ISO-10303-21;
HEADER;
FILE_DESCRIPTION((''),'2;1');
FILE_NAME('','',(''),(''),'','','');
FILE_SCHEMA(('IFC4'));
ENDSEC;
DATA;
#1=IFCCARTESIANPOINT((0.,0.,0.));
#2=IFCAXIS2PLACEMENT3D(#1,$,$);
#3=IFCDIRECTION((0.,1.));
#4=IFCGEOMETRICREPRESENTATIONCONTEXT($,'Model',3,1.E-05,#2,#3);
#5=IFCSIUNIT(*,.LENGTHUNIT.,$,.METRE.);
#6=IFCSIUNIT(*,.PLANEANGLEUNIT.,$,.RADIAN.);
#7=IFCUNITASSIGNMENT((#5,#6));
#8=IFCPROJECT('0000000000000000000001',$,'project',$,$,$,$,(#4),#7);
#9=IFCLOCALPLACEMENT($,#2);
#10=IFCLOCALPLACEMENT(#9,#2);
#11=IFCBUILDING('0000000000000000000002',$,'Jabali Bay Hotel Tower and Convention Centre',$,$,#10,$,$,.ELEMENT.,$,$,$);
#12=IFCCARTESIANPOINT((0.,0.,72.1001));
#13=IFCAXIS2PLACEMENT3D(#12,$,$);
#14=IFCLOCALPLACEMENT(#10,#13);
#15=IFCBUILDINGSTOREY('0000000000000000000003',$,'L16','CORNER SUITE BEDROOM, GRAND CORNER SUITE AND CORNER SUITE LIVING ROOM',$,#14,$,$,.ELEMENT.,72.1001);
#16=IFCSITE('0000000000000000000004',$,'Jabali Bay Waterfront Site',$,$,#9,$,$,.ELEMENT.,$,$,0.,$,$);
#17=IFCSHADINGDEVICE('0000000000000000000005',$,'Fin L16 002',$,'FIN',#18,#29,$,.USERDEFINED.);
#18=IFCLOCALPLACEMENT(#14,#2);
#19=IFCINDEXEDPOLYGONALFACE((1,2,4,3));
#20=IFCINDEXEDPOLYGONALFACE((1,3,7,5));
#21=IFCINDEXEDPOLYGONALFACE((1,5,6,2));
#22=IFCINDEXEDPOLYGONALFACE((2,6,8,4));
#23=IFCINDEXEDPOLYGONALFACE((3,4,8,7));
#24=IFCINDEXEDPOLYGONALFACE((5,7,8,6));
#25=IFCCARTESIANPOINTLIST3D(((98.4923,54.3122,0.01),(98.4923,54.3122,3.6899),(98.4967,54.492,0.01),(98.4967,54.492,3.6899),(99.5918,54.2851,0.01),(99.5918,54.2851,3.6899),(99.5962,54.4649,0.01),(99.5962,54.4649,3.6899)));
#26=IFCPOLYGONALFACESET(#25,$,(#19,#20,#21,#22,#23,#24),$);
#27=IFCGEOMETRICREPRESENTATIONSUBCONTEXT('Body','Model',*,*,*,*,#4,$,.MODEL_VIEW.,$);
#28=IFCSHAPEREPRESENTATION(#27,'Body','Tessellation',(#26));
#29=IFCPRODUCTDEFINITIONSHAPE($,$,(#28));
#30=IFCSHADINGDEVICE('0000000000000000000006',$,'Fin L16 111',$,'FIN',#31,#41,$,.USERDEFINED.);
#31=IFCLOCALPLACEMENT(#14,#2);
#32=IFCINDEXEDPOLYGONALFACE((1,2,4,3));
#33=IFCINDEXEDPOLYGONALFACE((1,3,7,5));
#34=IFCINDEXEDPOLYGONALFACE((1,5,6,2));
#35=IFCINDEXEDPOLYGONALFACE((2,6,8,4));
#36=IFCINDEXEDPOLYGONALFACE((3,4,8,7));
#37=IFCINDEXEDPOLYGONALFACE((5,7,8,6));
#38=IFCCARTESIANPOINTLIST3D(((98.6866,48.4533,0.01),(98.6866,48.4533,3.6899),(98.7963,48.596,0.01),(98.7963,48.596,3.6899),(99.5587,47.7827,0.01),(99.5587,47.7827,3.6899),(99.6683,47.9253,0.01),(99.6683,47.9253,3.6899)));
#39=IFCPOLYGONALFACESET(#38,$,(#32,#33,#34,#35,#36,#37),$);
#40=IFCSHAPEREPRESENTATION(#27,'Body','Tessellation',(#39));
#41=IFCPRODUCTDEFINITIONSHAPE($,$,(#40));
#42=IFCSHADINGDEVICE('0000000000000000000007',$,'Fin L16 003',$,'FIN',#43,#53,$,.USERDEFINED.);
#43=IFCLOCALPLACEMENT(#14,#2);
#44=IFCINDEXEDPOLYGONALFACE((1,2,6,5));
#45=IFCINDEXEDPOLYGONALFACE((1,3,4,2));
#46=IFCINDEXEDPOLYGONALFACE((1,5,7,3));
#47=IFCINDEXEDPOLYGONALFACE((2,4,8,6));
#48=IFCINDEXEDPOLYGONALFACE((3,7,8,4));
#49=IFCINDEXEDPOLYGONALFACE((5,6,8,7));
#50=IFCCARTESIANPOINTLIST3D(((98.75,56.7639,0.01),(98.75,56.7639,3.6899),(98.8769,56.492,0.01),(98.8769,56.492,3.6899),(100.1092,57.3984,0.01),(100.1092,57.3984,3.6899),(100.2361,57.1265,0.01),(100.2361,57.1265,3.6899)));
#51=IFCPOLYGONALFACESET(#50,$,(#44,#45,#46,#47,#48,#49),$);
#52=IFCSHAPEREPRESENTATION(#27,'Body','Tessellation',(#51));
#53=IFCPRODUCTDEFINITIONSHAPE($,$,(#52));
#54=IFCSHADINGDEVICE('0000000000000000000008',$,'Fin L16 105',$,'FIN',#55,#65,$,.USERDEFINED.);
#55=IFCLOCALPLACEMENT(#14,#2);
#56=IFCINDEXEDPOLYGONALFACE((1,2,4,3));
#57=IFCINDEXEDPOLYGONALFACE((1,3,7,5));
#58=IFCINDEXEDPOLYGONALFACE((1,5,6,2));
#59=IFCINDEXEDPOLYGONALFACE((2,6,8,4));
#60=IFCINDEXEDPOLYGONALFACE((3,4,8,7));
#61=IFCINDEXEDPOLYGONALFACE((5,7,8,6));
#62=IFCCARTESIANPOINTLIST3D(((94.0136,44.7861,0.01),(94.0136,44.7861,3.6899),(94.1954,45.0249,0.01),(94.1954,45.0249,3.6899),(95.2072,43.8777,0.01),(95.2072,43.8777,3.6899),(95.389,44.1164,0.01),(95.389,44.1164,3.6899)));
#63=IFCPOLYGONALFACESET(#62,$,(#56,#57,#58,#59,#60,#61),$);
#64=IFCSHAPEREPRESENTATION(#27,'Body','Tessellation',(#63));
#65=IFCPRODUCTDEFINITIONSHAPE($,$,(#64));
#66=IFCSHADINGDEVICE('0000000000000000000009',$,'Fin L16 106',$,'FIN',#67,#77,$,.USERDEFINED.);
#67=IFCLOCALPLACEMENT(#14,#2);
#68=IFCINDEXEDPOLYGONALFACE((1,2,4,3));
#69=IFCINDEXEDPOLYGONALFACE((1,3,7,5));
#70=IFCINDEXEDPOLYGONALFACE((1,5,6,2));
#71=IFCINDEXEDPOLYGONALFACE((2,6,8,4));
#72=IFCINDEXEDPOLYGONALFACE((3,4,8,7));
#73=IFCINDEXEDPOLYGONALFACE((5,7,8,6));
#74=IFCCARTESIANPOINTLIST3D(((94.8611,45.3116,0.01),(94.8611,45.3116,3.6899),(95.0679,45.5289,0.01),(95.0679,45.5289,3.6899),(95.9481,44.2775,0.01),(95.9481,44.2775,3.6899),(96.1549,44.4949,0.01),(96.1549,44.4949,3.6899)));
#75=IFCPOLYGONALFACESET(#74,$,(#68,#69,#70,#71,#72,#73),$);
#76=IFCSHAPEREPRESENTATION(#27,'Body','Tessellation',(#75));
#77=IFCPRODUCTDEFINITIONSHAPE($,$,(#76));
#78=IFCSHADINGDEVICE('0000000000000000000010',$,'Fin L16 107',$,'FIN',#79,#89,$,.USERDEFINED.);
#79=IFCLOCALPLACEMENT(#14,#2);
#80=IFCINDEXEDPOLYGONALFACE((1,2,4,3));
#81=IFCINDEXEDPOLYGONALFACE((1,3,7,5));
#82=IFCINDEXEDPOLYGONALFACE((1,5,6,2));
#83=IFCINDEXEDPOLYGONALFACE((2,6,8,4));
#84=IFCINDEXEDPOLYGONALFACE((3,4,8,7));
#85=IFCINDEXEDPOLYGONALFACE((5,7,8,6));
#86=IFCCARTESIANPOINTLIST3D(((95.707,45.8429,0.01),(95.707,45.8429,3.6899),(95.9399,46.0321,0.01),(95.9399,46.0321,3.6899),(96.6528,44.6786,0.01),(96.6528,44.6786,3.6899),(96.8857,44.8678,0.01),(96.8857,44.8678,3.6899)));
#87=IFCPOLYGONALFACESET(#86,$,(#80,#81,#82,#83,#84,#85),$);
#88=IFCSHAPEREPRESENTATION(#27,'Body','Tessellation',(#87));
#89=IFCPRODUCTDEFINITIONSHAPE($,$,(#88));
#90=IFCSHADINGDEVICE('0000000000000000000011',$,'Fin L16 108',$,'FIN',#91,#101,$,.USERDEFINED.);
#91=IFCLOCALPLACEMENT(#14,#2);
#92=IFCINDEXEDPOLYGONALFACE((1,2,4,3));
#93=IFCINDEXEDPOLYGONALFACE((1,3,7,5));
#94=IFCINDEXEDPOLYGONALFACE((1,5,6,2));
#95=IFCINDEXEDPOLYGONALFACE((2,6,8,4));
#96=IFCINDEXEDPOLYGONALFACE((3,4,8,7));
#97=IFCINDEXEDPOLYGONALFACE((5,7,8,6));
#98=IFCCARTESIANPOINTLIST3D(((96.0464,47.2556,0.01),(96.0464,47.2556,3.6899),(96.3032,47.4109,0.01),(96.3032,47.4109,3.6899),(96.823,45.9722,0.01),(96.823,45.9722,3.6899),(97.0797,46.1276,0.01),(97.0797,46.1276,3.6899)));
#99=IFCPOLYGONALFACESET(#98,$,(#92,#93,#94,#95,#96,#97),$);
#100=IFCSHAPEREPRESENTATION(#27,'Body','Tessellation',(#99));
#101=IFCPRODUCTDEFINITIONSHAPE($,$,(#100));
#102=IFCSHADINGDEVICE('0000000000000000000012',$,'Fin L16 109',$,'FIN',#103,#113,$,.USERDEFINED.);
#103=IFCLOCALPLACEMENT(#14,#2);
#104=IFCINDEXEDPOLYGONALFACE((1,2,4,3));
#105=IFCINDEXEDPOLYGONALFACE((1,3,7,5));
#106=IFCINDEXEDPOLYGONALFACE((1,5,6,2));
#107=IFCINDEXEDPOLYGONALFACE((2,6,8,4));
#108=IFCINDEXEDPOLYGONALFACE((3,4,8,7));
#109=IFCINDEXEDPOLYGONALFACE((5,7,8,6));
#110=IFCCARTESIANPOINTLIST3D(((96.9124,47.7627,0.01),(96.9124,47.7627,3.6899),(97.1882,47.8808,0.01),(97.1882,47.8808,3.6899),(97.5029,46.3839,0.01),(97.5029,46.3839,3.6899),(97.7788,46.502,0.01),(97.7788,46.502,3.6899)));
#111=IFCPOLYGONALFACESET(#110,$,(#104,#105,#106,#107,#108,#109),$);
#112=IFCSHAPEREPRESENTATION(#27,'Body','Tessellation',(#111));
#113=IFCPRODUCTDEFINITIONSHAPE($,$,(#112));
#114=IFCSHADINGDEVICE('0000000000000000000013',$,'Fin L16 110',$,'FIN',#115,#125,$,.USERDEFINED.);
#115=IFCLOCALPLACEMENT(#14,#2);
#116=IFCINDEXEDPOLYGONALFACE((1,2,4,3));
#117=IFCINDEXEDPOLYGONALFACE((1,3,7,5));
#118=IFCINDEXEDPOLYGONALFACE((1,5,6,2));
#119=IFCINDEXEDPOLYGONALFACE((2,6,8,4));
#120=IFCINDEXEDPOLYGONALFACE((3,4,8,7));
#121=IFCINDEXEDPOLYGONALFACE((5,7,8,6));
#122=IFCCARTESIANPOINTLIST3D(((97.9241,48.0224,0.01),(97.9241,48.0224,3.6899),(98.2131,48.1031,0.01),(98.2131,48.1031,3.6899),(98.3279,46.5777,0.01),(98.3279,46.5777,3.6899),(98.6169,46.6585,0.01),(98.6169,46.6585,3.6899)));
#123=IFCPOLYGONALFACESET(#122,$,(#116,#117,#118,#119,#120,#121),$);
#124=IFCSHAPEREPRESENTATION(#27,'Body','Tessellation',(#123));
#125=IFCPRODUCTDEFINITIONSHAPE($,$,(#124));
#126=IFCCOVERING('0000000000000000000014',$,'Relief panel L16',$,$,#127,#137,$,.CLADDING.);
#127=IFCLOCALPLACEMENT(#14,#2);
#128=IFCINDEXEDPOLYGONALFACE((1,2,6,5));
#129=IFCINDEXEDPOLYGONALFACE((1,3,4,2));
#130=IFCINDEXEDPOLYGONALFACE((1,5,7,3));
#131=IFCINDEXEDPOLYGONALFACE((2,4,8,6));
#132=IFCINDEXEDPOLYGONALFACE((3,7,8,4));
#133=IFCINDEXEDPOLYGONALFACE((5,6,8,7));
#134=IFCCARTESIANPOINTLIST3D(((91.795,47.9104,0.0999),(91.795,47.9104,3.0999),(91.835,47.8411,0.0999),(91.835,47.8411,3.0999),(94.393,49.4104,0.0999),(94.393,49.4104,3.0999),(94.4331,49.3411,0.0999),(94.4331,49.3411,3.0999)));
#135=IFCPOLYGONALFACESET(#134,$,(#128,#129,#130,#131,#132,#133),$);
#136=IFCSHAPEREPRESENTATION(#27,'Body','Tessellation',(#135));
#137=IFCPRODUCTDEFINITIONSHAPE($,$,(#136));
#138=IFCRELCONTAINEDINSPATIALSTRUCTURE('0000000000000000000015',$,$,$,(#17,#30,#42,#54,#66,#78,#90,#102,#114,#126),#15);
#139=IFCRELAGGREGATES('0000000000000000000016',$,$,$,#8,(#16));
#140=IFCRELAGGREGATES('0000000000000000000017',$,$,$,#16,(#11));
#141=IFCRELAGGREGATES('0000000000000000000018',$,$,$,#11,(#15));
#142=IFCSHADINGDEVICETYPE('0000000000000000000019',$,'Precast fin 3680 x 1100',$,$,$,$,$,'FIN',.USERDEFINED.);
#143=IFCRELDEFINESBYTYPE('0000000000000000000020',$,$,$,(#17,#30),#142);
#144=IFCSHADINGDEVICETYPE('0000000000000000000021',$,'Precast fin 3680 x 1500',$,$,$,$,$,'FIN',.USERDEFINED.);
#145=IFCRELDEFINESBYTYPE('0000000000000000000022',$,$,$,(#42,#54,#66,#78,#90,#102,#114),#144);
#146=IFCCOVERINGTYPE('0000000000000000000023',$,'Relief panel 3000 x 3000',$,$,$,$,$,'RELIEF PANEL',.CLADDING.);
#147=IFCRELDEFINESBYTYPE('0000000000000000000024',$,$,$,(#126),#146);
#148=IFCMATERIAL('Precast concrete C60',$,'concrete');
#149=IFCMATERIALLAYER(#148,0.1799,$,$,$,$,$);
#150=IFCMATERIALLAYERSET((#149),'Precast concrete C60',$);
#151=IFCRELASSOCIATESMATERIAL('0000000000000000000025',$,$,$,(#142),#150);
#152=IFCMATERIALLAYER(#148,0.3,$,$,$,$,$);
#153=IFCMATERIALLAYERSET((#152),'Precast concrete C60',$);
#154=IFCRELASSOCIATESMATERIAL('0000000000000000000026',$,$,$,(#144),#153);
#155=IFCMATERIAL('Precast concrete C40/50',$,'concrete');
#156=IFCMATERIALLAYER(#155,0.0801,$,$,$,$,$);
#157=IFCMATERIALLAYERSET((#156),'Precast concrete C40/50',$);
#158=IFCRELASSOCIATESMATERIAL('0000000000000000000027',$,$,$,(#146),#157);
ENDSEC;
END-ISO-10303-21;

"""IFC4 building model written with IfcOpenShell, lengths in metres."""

from ifc_helpers import new_model, si_unit, direction, frame, frame_2d, origin, origin_2d, place, context, subcontext, project, spatial, rectangle, extrude, material, layer, layer_set, type_object, element, save


model = new_model("IFC4")

# Units and contexts
model_context = context("Model", 3, precision=1e-05, world=origin(), true_north=direction((0.0, 1.0)))
body_context = subcontext(model_context, "Body", "Model", "MODEL_VIEW")
ifc_project = project(units=[si_unit("LENGTHUNIT", "METRE"), si_unit("PLANEANGLEUNIT", "RADIAN")], contexts=[model_context])

# Site, building, storey
site_placement = place(None, origin())
site = spatial("IfcSite", under=ifc_project, at=site_placement, Name="Jabali Bay Waterfront Site", CompositionType="ELEMENT", RefElevation=0.0)
building_placement = place(site_placement, origin())
building = spatial("IfcBuilding", under=site, at=building_placement, Name="Jabali Bay Hotel Tower and Convention Centre", CompositionType="ELEMENT")
storey_placement = place(building_placement, frame((0.0, 0.0, 72.1001)))
storey = spatial("IfcBuildingStorey", under=building, at=storey_placement, Name="L16", Description="CORNER SUITE BEDROOM, GRAND CORNER SUITE AND CORNER SUITE LIVING ROOM", CompositionType="ELEMENT", Elevation=72.1001)

# Shading devices
ifc_material_1 = material(Name="Precast concrete C60", Category="concrete")
ifc_layer_1 = layer(ifc_material_1, 0.1799)
ifc_layer_set_1 = layer_set([ifc_layer_1], Name="Precast concrete C60")
shading_device_type_1 = type_object("IfcShadingDeviceType", Name="Precast fin 3680 x 1100", ElementType="FIN", PredefinedType="USERDEFINED", material=ifc_layer_set_1)
shading_device_1_placement = place(storey_placement, frame((98.4946, 54.4021, 0.01), z_axis=(0.0, 0.0, 1.0), x_axis=(0.999696, -0.024637, 0.0)))
element("IfcShadingDevice", 1, at=shading_device_1_placement, inside=storey, type_object=shading_device_type_1, Name="Fin L16 002", ObjectType="FIN", PredefinedType="USERDEFINED", context=body_context, shape_type="SweptSolid", body=[
    extrude(rectangle(XDim=1.0999, YDim=0.1799, at=frame_2d((0.5498, 0.0))), origin(), (0.0, 0.0, 1.0), 3.6799),
])
shading_device_2_placement = place(storey_placement, frame((98.7415, 48.5247, 0.01), z_axis=(0.0, 0.0, 1.0), x_axis=(0.792698, -0.609614, 0.0)))
element("IfcShadingDevice", 2, at=shading_device_2_placement, inside=storey, type_object=shading_device_type_1, Name="Fin L16 111", ObjectType="FIN", PredefinedType="USERDEFINED", context=body_context, shape_type="SweptSolid", body=[
    extrude(rectangle(XDim=1.1001, YDim=0.1799, at=frame_2d((0.55, 0.0))), origin(), (0.0, 0.0, 1.0), 3.6799),
])
ifc_layer_2 = layer(ifc_material_1, 0.3)
ifc_layer_set_2 = layer_set([ifc_layer_2], Name="Precast concrete C60")
shading_device_type_2 = type_object("IfcShadingDeviceType", Name="Precast fin 3680 x 1500", ElementType="FIN", PredefinedType="USERDEFINED", material=ifc_layer_set_2)
for number, where, z_axis, x_axis, name in (
    (3, (98.8135, 56.6279, 0.01), (0.0, 0.0, 1.0), (0.906117, 0.423028, 0.0), "Fin L16 003"),
    (4, (94.1045, 44.9055, 0.01), (0.0, 0.0, 1.0), (0.795742, -0.605636, 0.0), "Fin L16 105"),
):
    element("IfcShadingDevice", number, at=place(storey_placement, frame(where, z_axis=z_axis, x_axis=x_axis)), inside=storey, type_object=shading_device_type_2, Name=name, ObjectType="FIN", PredefinedType="USERDEFINED", context=body_context, shape_type="SweptSolid", body=[
        extrude(rectangle(XDim=1.5, YDim=0.3, at=frame_2d((0.75, 0.0))), origin(), (0.0, 0.0, 1.0), 3.6799),
    ])
shading_device_3_placement = place(storey_placement, frame((94.9646, 45.4202, 0.01), z_axis=(0.0, 0.0, 1.0), x_axis=(0.724544, -0.689228, 0.0)))
element("IfcShadingDevice", 5, at=shading_device_3_placement, inside=storey, type_object=shading_device_type_2, Name="Fin L16 106", ObjectType="FIN", PredefinedType="USERDEFINED", context=body_context, shape_type="SweptSolid", body=[
    extrude(rectangle(XDim=1.5002, YDim=0.3, at=frame_2d((0.75, 0.0))), origin(), (0.0, 0.0, 1.0), 3.6799),
])
for number, where, z_axis, x_axis, name in (
    (6, (95.8235, 45.9375, 0.01), (0.0, 0.0, 1.0), (0.630513, -0.776179, 0.0), "Fin L16 107"),
    (7, (96.1748, 47.3333, 0.01), (0.0, 0.0, 1.0), (0.517699, -0.855563, 0.0), "Fin L16 108"),
    (8, (97.0503, 47.8218, 0.01), (0.0, 0.0, 1.0), (0.393703, -0.919238, 0.0), "Fin L16 109"),
    (9, (98.0686, 48.0627, 0.01), (0.0, 0.0, 1.0), (0.269213, -0.963081, 0.0), "Fin L16 110"),
):
    element("IfcShadingDevice", number, at=place(storey_placement, frame(where, z_axis=z_axis, x_axis=x_axis)), inside=storey, type_object=shading_device_type_2, Name=name, ObjectType="FIN", PredefinedType="USERDEFINED", context=body_context, shape_type="SweptSolid", body=[
        extrude(rectangle(XDim=1.5, YDim=0.3, at=frame_2d((0.75, 0.0))), origin(), (0.0, 0.0, 1.0), 3.6799),
    ])

# Covering
ifc_material_2 = material(Name="Precast concrete C40/50", Category="concrete")
ifc_layer_3 = layer(ifc_material_2, 0.0801)
ifc_layer_set_3 = layer_set([ifc_layer_3], Name="Precast concrete C40/50")
covering_type = type_object("IfcCoveringType", Name="Relief panel 3000 x 3000", ElementType="RELIEF PANEL", PredefinedType="CLADDING", material=ifc_layer_set_3)
covering_placement = place(storey_placement, frame((93.114, 48.6257, 0.0999), z_axis=(0.0, 0.0, 1.0), x_axis=(-0.866025, -0.5, 0.0)))
element("IfcCovering", 10, at=covering_placement, inside=storey, type_object=covering_type, Name="Relief panel L16", PredefinedType="CLADDING", context=body_context, shape_type="SweptSolid", body=[
    extrude(rectangle(XDim=3.0, YDim=0.0801, at=origin_2d()), origin(), (0.0, 0.0, 1.0), 3.0),
])

save(model, "model.ifc")
